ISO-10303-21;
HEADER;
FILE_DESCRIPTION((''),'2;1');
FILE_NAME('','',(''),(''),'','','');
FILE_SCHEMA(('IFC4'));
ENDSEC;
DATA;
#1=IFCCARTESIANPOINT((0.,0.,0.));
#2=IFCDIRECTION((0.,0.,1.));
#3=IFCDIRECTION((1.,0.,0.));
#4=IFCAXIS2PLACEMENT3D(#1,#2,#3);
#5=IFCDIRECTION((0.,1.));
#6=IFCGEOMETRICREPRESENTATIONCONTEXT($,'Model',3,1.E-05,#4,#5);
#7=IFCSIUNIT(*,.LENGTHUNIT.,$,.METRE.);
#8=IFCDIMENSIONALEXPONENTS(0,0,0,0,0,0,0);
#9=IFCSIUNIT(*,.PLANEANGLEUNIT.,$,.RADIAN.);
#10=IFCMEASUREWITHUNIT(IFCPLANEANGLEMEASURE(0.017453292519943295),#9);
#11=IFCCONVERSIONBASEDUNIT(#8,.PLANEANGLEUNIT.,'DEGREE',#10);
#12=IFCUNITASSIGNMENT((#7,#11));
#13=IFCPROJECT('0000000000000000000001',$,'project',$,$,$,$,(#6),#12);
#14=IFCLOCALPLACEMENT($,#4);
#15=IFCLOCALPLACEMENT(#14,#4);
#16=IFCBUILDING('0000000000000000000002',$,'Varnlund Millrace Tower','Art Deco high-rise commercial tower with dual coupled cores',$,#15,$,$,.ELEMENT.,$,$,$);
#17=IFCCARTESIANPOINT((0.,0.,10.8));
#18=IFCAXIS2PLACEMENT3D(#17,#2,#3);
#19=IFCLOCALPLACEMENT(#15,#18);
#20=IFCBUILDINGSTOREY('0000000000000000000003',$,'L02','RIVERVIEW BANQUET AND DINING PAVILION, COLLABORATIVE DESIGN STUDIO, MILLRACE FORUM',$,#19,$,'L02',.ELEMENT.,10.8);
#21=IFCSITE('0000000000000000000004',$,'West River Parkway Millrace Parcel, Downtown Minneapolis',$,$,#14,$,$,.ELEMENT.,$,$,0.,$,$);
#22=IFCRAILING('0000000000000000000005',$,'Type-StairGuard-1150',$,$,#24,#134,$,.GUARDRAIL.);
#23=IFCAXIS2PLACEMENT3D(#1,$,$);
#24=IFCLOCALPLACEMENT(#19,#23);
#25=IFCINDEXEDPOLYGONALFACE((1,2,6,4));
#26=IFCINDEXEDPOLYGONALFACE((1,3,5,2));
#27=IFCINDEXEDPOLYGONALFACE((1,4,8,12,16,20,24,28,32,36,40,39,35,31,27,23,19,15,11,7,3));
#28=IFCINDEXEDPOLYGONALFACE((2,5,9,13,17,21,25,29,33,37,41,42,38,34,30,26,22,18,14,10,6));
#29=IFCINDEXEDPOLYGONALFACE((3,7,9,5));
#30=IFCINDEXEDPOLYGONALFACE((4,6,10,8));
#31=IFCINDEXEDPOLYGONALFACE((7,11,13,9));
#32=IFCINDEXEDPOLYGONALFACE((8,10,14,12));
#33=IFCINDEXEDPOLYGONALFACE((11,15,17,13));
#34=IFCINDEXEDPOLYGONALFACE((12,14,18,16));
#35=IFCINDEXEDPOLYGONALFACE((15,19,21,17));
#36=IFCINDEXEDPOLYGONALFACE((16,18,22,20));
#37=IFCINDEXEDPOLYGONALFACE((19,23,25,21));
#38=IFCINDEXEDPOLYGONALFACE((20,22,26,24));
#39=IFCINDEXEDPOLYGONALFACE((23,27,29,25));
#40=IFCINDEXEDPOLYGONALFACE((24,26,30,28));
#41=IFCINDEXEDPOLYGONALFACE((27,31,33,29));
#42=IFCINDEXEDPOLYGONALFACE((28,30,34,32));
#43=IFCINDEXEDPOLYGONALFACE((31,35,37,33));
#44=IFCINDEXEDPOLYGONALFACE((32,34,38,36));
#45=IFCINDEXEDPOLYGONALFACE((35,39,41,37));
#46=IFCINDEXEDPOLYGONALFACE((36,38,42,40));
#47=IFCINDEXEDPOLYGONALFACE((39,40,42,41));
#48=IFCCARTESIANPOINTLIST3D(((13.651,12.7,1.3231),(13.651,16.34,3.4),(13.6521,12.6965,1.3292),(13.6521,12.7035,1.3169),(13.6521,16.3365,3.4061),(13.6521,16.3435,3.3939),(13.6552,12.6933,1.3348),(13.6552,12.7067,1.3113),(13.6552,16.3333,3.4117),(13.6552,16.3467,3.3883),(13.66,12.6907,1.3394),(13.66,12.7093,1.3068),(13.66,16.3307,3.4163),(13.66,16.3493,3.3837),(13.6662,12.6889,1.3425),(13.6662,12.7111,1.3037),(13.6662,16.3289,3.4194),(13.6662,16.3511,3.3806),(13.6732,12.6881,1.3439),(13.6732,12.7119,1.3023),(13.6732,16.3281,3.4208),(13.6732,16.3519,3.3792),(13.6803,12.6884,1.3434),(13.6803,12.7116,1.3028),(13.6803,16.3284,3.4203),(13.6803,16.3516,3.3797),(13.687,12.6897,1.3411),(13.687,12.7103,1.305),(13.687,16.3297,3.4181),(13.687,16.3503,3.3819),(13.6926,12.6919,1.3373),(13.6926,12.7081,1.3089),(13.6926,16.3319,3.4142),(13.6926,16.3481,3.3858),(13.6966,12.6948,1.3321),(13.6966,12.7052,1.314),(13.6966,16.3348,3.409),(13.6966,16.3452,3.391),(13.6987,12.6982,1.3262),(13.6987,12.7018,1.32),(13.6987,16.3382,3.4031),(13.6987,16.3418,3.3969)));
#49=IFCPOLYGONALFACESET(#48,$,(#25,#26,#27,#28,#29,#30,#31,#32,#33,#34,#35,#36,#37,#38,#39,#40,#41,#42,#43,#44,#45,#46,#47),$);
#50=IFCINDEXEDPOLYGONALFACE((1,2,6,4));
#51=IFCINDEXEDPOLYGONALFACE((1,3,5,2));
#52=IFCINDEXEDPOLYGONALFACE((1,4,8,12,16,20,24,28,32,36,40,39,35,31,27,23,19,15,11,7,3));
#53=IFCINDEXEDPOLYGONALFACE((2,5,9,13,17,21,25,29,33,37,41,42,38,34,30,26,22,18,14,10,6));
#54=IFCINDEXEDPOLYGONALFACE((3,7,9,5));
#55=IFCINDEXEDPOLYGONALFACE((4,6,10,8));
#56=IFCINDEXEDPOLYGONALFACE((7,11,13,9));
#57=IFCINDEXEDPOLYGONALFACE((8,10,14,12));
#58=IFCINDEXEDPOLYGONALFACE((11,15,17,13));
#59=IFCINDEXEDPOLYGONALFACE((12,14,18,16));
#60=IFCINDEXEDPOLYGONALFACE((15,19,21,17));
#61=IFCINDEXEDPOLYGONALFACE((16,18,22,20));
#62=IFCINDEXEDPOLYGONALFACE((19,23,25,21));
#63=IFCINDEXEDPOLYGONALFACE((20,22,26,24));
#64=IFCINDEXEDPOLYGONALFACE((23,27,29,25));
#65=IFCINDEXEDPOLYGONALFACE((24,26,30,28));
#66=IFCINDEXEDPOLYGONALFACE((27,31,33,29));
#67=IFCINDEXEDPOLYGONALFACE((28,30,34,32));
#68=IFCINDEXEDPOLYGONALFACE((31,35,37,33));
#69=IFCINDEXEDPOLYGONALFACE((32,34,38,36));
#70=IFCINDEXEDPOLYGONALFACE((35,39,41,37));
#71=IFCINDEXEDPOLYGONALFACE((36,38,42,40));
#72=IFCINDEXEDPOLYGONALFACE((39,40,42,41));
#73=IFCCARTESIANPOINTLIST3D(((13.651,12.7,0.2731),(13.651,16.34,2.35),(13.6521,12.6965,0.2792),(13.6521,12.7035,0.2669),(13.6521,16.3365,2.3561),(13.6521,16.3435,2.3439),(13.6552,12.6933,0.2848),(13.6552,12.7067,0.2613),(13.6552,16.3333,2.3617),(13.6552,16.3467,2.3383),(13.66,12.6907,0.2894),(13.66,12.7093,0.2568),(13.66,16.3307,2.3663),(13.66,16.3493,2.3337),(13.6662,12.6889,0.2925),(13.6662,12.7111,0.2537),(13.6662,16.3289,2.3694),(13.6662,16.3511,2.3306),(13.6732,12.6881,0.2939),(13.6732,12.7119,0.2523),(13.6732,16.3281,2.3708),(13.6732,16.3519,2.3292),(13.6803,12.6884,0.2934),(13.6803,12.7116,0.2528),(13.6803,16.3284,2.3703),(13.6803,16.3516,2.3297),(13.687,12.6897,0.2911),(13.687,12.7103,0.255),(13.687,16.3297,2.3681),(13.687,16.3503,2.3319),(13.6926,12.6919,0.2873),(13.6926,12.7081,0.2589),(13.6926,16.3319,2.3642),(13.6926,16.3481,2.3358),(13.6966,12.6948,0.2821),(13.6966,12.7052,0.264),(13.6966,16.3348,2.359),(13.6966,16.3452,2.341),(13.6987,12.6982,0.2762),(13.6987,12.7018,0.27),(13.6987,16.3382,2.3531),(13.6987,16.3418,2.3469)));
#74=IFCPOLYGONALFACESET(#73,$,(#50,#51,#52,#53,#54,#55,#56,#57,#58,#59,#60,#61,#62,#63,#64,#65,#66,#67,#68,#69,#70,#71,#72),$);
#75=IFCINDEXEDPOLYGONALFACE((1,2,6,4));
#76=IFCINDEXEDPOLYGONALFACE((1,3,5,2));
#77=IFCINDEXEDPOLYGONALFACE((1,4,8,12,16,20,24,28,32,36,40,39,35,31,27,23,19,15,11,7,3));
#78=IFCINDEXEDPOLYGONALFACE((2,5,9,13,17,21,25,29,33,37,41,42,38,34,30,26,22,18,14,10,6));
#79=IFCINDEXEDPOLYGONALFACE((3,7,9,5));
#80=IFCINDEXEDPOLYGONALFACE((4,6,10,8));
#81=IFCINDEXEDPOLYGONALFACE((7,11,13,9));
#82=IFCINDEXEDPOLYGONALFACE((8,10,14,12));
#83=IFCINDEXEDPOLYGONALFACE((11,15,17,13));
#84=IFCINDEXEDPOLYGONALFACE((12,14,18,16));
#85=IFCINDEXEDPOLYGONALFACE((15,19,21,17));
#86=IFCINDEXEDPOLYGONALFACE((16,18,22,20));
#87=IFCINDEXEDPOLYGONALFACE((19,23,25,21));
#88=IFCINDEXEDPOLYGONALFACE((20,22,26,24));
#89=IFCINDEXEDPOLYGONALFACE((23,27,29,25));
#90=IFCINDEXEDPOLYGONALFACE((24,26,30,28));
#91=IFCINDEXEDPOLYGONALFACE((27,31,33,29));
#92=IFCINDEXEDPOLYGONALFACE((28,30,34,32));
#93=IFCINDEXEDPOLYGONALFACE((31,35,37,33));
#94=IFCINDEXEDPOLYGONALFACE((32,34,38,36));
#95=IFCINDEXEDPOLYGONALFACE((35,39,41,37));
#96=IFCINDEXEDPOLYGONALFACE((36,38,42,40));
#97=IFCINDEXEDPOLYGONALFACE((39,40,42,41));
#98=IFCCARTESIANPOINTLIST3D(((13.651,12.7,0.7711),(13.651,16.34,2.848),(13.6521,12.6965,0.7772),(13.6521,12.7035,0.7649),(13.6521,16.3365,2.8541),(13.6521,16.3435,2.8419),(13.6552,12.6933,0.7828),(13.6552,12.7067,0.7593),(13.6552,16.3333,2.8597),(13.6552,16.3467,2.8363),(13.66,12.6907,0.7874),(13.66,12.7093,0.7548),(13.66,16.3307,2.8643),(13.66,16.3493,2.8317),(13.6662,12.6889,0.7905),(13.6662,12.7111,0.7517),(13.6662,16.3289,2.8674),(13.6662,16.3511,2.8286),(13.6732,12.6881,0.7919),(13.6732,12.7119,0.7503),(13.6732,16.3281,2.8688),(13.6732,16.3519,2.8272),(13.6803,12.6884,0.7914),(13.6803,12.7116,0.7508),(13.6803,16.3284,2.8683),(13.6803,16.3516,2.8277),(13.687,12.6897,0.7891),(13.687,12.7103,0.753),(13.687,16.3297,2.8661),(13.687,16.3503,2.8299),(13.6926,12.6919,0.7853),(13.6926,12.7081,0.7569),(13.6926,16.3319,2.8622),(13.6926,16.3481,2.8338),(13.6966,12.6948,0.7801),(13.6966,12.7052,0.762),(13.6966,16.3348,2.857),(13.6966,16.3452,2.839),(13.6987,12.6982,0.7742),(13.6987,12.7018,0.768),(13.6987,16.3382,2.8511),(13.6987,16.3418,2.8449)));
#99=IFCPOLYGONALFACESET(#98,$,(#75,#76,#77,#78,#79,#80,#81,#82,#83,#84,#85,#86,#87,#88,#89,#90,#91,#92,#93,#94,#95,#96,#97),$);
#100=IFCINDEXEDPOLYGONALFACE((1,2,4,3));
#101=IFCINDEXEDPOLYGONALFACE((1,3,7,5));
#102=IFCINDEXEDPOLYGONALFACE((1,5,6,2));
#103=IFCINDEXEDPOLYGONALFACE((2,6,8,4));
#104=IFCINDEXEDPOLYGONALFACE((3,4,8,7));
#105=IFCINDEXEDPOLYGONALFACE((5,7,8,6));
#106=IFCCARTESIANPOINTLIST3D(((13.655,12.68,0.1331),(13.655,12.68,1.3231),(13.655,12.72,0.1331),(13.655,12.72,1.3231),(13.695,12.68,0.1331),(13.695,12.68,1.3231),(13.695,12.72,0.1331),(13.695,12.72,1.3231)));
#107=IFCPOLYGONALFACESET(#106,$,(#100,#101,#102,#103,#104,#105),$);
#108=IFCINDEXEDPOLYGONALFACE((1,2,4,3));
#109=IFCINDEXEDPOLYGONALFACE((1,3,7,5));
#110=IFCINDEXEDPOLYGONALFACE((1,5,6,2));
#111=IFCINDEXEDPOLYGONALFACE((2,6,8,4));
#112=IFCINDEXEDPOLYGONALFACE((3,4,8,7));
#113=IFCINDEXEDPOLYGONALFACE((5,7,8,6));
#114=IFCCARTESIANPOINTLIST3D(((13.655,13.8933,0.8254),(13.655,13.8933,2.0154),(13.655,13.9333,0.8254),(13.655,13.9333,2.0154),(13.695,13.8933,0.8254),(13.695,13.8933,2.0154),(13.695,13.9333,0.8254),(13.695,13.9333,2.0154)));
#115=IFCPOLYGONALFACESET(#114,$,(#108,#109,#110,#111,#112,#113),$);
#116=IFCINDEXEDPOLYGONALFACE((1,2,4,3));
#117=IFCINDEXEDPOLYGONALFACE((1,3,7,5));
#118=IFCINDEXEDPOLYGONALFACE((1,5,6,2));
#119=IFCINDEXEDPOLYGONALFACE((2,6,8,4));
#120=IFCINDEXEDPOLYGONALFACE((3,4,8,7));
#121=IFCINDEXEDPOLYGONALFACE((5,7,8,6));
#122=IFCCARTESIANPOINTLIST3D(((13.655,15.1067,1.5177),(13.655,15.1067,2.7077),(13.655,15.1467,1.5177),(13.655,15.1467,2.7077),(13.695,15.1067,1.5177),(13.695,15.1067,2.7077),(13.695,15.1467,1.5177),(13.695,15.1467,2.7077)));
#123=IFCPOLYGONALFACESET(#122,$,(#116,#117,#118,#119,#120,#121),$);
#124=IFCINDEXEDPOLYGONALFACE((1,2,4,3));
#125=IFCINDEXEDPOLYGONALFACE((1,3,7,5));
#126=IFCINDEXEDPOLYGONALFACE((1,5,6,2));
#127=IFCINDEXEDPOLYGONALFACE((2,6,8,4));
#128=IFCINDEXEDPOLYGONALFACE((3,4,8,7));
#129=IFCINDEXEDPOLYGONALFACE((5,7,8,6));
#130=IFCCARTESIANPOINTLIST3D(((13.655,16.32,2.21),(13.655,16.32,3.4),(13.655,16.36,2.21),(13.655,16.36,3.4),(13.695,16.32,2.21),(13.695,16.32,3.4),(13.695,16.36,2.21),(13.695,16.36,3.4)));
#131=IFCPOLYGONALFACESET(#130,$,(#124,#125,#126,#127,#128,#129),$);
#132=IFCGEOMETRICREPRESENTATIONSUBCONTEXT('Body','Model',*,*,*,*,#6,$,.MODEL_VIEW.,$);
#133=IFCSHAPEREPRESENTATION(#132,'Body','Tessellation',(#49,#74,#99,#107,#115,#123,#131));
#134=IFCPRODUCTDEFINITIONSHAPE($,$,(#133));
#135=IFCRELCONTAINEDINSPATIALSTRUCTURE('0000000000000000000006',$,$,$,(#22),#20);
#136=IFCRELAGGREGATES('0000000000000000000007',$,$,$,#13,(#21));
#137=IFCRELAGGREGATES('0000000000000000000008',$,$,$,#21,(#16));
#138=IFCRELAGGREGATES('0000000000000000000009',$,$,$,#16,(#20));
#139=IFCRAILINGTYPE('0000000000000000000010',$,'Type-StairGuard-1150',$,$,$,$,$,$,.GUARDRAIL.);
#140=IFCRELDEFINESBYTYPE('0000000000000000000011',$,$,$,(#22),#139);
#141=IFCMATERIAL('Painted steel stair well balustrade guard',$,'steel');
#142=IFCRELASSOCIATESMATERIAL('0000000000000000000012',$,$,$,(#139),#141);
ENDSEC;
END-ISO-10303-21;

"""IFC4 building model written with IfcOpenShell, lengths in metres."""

from ifc_helpers import new_model, entity, si_unit, converted_unit, direction, frame, origin_with_axes, origin_2d_with_axis, place, context, subcontext, project, spatial, rectangle, circle, extrude, material, type_object, element, save


model = new_model("IFC4")

# Units and contexts
model_context = context("Model", 3, precision=1e-05, world=origin_with_axes(), true_north=direction((0.0, 1.0)))
body_context = subcontext(model_context, "Body", "Model", "MODEL_VIEW")
ifc_project = project(units=[si_unit("LENGTHUNIT", "METRE"), converted_unit("PLANEANGLEUNIT", "DEGREE", entity("IfcPlaneAngleMeasure", 0.017453292519943295), si_unit("PLANEANGLEUNIT", "RADIAN"), dimensions=[0, 0, 0, 0, 0, 0, 0])], contexts=[model_context])

# Site, building, storey
site_placement = place(None, origin_with_axes())
site = spatial("IfcSite", under=ifc_project, at=site_placement, Name="West River Parkway Millrace Parcel, Downtown Minneapolis", CompositionType="ELEMENT", RefElevation=0.0)
building_placement = place(site_placement, origin_with_axes())
building = spatial("IfcBuilding", under=site, at=building_placement, Name="Varnlund Millrace Tower", Description="Art Deco high-rise commercial tower with dual coupled cores", CompositionType="ELEMENT")
storey_placement = place(building_placement, frame((0.0, 0.0, 10.8), z_axis=(0.0, 0.0, 1.0), x_axis=(1.0, 0.0, 0.0)))
storey = spatial("IfcBuildingStorey", under=building, at=storey_placement, Name="L02", Description="RIVERVIEW BANQUET AND DINING PAVILION, COLLABORATIVE DESIGN STUDIO, MILLRACE FORUM", LongName="L02", CompositionType="ELEMENT", Elevation=10.8)

# Railing
ifc_material_1 = material(Name="Painted steel stair well balustrade guard", Category="steel")
railing_type_1 = type_object("IfcRailingType", Name="Type-StairGuard-1150", PredefinedType="GUARDRAIL", material=ifc_material_1)
railing_1_placement = place(storey_placement, frame((0.0, 0.0, -10.8), z_axis=(0.0, 0.0, 1.0), x_axis=(1.0, 0.0, 0.0)))
element("IfcRailing", 1, at=railing_1_placement, inside=storey, type_object=railing_type_1, Name="Type-StairGuard-1150", PredefinedType="GUARDRAIL", context=body_context, shape_type="SweptSolid", body=[
    extrude(circle(Radius=0.024, at=origin_2d_with_axis()), frame((13.675, 12.7, 12.1231), z_axis=(0.0, 0.868559, 0.495585), x_axis=(-1.0, 0.0, 0.0)), (0.0, 0.0, 1.0), 4.1908),
    extrude(circle(Radius=0.024, at=origin_2d_with_axis()), frame((13.675, 12.7, 11.0731), z_axis=(0.0, 0.868559, 0.495585), x_axis=(-1.0, 0.0, 0.0)), (0.0, 0.0, 1.0), 4.1908),
    extrude(circle(Radius=0.024, at=origin_2d_with_axis()), frame((13.675, 12.7, 11.5711), z_axis=(0.0, 0.868559, 0.495585), x_axis=(-1.0, 0.0, 0.0)), (0.0, 0.0, 1.0), 4.1908),
    extrude(rectangle(XDim=0.04, YDim=0.04, at=origin_2d_with_axis()), frame((13.675, 12.7, 10.9331), z_axis=(0.0, 0.0, 1.0), x_axis=(1.0, 0.0, 0.0)), (0.0, 0.0, 1.0), 1.19),
    extrude(rectangle(XDim=0.04, YDim=0.04, at=origin_2d_with_axis()), frame((13.675, 13.9133, 11.6254), z_axis=(0.0, 0.0, 1.0), x_axis=(1.0, 0.0, 0.0)), (0.0, 0.0, 1.0), 1.19),
    extrude(rectangle(XDim=0.04, YDim=0.04, at=origin_2d_with_axis()), frame((13.675, 15.1267, 12.3177), z_axis=(0.0, 0.0, 1.0), x_axis=(1.0, 0.0, 0.0)), (0.0, 0.0, 1.0), 1.19),
    extrude(rectangle(XDim=0.04, YDim=0.04, at=origin_2d_with_axis()), frame((13.675, 16.34, 13.01), z_axis=(0.0, 0.0, 1.0), x_axis=(1.0, 0.0, 0.0)), (0.0, 0.0, 1.0), 1.19),
])

save(model, "model.ifc")
